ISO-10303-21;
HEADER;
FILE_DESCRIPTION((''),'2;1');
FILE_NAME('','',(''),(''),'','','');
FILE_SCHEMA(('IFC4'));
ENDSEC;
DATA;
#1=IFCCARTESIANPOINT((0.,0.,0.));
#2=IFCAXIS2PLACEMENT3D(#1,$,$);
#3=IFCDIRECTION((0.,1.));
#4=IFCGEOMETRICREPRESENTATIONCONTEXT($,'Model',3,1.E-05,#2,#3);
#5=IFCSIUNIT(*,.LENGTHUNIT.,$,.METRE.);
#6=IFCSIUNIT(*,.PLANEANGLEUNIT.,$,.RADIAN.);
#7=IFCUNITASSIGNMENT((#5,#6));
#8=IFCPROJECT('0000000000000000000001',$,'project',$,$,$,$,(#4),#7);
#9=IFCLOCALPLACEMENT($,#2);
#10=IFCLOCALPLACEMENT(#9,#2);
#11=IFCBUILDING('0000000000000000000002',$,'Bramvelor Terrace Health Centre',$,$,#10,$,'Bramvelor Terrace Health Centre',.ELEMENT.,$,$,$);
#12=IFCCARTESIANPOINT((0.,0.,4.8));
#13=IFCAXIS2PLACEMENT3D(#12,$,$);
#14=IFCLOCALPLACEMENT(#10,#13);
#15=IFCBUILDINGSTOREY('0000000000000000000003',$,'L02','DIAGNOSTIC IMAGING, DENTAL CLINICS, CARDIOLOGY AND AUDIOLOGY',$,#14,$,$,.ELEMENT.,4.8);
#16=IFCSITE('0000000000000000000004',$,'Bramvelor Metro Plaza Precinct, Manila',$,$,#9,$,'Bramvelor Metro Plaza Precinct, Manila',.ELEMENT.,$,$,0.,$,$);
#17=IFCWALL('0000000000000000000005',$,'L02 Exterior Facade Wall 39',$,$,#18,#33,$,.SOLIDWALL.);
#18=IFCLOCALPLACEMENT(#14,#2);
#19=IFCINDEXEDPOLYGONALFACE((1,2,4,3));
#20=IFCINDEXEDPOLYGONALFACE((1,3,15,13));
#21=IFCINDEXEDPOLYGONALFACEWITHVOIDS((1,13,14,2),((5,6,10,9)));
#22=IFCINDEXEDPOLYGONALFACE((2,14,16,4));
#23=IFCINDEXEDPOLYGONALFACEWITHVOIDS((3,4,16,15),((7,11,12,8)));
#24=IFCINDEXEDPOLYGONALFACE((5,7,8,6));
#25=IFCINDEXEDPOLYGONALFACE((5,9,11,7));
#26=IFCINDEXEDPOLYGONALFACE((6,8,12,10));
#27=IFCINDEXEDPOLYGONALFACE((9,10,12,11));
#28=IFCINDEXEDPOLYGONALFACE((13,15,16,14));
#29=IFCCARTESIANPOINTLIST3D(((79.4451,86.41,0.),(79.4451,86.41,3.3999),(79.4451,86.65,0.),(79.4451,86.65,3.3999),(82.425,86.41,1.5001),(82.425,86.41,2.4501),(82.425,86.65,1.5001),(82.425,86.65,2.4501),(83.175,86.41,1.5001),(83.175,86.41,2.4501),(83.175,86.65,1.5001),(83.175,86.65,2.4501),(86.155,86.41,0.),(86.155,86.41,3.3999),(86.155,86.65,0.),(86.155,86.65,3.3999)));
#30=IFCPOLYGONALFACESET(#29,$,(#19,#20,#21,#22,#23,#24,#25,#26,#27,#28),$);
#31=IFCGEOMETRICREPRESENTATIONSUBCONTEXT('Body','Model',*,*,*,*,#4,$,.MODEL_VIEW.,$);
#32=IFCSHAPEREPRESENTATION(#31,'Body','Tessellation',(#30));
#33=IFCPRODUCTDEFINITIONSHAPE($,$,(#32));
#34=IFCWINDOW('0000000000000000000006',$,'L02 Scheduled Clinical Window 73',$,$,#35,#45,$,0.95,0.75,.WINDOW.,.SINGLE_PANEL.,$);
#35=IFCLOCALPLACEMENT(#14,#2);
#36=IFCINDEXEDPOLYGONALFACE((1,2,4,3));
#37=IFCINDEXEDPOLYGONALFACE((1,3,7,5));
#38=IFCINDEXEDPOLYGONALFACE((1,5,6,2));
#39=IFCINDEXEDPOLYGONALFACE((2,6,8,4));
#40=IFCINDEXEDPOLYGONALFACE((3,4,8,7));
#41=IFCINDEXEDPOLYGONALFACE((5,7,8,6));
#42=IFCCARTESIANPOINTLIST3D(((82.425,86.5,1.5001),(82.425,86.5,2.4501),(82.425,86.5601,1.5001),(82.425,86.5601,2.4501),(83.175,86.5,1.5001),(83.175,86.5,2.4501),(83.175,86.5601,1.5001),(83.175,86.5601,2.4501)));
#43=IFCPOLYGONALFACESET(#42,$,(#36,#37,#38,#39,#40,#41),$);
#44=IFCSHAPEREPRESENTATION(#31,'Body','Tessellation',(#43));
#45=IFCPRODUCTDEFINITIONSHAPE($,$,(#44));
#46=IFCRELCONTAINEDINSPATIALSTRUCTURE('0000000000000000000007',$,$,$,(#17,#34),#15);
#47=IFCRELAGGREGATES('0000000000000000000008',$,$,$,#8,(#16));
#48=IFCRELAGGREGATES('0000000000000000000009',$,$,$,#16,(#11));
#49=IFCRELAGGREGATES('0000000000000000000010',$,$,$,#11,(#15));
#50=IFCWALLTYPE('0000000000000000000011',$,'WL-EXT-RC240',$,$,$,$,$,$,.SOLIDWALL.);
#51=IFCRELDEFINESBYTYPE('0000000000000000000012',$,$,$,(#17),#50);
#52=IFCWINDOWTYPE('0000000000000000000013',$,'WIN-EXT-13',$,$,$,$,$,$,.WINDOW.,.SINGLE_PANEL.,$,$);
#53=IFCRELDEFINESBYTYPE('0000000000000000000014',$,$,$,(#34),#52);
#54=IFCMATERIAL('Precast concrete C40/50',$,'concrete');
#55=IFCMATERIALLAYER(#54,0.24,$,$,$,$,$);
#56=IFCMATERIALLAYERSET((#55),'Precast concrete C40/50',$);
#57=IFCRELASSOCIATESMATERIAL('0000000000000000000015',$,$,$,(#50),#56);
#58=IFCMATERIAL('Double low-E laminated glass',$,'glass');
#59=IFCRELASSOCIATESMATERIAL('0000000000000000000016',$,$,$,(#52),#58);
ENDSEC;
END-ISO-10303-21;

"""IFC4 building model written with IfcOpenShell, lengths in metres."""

from ifc_helpers import new_model, si_unit, direction, frame, frame_2d, origin, place, context, subcontext, project, spatial, rectangle, extrude, material, layer, layer_set, type_object, element, fill, save


model = new_model("IFC4")

# Units and contexts
model_context = context("Model", 3, precision=1e-05, world=origin(), true_north=direction((0.0, 1.0)))
body_context = subcontext(model_context, "Body", "Model", "MODEL_VIEW")
ifc_project = project(units=[si_unit("LENGTHUNIT", "METRE"), si_unit("PLANEANGLEUNIT", "RADIAN")], contexts=[model_context])

# Site, building, storey
site_placement = place(None, origin())
site = spatial("IfcSite", under=ifc_project, at=site_placement, Name="Bramvelor Metro Plaza Precinct, Manila", LongName="Bramvelor Metro Plaza Precinct, Manila", CompositionType="ELEMENT", RefElevation=0.0)
building_placement = place(site_placement, origin())
building = spatial("IfcBuilding", under=site, at=building_placement, Name="Bramvelor Terrace Health Centre", LongName="Bramvelor Terrace Health Centre", CompositionType="ELEMENT")
storey_placement = place(building_placement, frame((0.0, 0.0, 4.8)))
storey = spatial("IfcBuildingStorey", under=building, at=storey_placement, Name="L02", Description="DIAGNOSTIC IMAGING, DENTAL CLINICS, CARDIOLOGY AND AUDIOLOGY", CompositionType="ELEMENT", Elevation=4.8)

# Wall, opening, window
ifc_material_1 = material(Name="Precast concrete C40/50", Category="concrete")
ifc_layer_1 = layer(ifc_material_1, 0.24)
ifc_layer_set_1 = layer_set([ifc_layer_1], Name="Precast concrete C40/50")
wall_type = type_object("IfcWallType", Name="WL-EXT-RC240", PredefinedType="SOLIDWALL", material=ifc_layer_set_1)
wall_placement = place(storey_placement, frame((86.155, 86.53, 0.0), z_axis=(0.0, 0.0, 1.0), x_axis=(-1.0, 0.0, 0.0)))
wall = element("IfcWall", 1, at=wall_placement, inside=storey, type_object=wall_type, Name="L02 Exterior Facade Wall 39", PredefinedType="SOLIDWALL", context=body_context, shape_type="SweptSolid", body=[
    extrude(rectangle(XDim=6.71, YDim=0.24, at=frame_2d((3.355, 0.0))), origin(), (0.0, 0.0, 1.0), 3.3999),
])
opening_placement = place(wall_placement, frame((2.98, 0.0, 1.5)))
opening = element("IfcOpeningElement", 2, at=opening_placement, cuts=wall, PredefinedType="OPENING", context=body_context, shape_type="SweptSolid", body=[
    extrude(rectangle(XDim=0.75, YDim=0.95, at=frame_2d((0.375, 0.4751))), frame((0.0, 0.1299, 0.0), z_axis=(0.0, -1.0, 0.0), x_axis=(1.0, 0.0, 0.0)), (0.0, 0.0, 1.0), 0.26),
])
ifc_material_2 = material(Name="Double low-E laminated glass", Category="glass")
window_type = type_object("IfcWindowType", Name="WIN-EXT-13", PartitioningType="SINGLE_PANEL", PredefinedType="WINDOW", material=ifc_material_2)
window_placement = place(opening_placement, origin())
window = element("IfcWindow", 3, at=window_placement, inside=storey, type_object=window_type, Name="L02 Scheduled Clinical Window 73", OverallHeight=0.95, OverallWidth=0.75, PartitioningType="SINGLE_PANEL", PredefinedType="WINDOW", context=body_context, shape_type="SweptSolid", body=[
    extrude(rectangle(XDim=0.75, YDim=0.95, at=frame_2d((0.375, 0.4751))), frame((0.0, 0.03, 0.0), z_axis=(0.0, -1.0, 0.0), x_axis=(1.0, 0.0, 0.0)), (0.0, 0.0, 1.0), 0.0601),
])
fill(opening, window)

save(model, "model.ifc")
